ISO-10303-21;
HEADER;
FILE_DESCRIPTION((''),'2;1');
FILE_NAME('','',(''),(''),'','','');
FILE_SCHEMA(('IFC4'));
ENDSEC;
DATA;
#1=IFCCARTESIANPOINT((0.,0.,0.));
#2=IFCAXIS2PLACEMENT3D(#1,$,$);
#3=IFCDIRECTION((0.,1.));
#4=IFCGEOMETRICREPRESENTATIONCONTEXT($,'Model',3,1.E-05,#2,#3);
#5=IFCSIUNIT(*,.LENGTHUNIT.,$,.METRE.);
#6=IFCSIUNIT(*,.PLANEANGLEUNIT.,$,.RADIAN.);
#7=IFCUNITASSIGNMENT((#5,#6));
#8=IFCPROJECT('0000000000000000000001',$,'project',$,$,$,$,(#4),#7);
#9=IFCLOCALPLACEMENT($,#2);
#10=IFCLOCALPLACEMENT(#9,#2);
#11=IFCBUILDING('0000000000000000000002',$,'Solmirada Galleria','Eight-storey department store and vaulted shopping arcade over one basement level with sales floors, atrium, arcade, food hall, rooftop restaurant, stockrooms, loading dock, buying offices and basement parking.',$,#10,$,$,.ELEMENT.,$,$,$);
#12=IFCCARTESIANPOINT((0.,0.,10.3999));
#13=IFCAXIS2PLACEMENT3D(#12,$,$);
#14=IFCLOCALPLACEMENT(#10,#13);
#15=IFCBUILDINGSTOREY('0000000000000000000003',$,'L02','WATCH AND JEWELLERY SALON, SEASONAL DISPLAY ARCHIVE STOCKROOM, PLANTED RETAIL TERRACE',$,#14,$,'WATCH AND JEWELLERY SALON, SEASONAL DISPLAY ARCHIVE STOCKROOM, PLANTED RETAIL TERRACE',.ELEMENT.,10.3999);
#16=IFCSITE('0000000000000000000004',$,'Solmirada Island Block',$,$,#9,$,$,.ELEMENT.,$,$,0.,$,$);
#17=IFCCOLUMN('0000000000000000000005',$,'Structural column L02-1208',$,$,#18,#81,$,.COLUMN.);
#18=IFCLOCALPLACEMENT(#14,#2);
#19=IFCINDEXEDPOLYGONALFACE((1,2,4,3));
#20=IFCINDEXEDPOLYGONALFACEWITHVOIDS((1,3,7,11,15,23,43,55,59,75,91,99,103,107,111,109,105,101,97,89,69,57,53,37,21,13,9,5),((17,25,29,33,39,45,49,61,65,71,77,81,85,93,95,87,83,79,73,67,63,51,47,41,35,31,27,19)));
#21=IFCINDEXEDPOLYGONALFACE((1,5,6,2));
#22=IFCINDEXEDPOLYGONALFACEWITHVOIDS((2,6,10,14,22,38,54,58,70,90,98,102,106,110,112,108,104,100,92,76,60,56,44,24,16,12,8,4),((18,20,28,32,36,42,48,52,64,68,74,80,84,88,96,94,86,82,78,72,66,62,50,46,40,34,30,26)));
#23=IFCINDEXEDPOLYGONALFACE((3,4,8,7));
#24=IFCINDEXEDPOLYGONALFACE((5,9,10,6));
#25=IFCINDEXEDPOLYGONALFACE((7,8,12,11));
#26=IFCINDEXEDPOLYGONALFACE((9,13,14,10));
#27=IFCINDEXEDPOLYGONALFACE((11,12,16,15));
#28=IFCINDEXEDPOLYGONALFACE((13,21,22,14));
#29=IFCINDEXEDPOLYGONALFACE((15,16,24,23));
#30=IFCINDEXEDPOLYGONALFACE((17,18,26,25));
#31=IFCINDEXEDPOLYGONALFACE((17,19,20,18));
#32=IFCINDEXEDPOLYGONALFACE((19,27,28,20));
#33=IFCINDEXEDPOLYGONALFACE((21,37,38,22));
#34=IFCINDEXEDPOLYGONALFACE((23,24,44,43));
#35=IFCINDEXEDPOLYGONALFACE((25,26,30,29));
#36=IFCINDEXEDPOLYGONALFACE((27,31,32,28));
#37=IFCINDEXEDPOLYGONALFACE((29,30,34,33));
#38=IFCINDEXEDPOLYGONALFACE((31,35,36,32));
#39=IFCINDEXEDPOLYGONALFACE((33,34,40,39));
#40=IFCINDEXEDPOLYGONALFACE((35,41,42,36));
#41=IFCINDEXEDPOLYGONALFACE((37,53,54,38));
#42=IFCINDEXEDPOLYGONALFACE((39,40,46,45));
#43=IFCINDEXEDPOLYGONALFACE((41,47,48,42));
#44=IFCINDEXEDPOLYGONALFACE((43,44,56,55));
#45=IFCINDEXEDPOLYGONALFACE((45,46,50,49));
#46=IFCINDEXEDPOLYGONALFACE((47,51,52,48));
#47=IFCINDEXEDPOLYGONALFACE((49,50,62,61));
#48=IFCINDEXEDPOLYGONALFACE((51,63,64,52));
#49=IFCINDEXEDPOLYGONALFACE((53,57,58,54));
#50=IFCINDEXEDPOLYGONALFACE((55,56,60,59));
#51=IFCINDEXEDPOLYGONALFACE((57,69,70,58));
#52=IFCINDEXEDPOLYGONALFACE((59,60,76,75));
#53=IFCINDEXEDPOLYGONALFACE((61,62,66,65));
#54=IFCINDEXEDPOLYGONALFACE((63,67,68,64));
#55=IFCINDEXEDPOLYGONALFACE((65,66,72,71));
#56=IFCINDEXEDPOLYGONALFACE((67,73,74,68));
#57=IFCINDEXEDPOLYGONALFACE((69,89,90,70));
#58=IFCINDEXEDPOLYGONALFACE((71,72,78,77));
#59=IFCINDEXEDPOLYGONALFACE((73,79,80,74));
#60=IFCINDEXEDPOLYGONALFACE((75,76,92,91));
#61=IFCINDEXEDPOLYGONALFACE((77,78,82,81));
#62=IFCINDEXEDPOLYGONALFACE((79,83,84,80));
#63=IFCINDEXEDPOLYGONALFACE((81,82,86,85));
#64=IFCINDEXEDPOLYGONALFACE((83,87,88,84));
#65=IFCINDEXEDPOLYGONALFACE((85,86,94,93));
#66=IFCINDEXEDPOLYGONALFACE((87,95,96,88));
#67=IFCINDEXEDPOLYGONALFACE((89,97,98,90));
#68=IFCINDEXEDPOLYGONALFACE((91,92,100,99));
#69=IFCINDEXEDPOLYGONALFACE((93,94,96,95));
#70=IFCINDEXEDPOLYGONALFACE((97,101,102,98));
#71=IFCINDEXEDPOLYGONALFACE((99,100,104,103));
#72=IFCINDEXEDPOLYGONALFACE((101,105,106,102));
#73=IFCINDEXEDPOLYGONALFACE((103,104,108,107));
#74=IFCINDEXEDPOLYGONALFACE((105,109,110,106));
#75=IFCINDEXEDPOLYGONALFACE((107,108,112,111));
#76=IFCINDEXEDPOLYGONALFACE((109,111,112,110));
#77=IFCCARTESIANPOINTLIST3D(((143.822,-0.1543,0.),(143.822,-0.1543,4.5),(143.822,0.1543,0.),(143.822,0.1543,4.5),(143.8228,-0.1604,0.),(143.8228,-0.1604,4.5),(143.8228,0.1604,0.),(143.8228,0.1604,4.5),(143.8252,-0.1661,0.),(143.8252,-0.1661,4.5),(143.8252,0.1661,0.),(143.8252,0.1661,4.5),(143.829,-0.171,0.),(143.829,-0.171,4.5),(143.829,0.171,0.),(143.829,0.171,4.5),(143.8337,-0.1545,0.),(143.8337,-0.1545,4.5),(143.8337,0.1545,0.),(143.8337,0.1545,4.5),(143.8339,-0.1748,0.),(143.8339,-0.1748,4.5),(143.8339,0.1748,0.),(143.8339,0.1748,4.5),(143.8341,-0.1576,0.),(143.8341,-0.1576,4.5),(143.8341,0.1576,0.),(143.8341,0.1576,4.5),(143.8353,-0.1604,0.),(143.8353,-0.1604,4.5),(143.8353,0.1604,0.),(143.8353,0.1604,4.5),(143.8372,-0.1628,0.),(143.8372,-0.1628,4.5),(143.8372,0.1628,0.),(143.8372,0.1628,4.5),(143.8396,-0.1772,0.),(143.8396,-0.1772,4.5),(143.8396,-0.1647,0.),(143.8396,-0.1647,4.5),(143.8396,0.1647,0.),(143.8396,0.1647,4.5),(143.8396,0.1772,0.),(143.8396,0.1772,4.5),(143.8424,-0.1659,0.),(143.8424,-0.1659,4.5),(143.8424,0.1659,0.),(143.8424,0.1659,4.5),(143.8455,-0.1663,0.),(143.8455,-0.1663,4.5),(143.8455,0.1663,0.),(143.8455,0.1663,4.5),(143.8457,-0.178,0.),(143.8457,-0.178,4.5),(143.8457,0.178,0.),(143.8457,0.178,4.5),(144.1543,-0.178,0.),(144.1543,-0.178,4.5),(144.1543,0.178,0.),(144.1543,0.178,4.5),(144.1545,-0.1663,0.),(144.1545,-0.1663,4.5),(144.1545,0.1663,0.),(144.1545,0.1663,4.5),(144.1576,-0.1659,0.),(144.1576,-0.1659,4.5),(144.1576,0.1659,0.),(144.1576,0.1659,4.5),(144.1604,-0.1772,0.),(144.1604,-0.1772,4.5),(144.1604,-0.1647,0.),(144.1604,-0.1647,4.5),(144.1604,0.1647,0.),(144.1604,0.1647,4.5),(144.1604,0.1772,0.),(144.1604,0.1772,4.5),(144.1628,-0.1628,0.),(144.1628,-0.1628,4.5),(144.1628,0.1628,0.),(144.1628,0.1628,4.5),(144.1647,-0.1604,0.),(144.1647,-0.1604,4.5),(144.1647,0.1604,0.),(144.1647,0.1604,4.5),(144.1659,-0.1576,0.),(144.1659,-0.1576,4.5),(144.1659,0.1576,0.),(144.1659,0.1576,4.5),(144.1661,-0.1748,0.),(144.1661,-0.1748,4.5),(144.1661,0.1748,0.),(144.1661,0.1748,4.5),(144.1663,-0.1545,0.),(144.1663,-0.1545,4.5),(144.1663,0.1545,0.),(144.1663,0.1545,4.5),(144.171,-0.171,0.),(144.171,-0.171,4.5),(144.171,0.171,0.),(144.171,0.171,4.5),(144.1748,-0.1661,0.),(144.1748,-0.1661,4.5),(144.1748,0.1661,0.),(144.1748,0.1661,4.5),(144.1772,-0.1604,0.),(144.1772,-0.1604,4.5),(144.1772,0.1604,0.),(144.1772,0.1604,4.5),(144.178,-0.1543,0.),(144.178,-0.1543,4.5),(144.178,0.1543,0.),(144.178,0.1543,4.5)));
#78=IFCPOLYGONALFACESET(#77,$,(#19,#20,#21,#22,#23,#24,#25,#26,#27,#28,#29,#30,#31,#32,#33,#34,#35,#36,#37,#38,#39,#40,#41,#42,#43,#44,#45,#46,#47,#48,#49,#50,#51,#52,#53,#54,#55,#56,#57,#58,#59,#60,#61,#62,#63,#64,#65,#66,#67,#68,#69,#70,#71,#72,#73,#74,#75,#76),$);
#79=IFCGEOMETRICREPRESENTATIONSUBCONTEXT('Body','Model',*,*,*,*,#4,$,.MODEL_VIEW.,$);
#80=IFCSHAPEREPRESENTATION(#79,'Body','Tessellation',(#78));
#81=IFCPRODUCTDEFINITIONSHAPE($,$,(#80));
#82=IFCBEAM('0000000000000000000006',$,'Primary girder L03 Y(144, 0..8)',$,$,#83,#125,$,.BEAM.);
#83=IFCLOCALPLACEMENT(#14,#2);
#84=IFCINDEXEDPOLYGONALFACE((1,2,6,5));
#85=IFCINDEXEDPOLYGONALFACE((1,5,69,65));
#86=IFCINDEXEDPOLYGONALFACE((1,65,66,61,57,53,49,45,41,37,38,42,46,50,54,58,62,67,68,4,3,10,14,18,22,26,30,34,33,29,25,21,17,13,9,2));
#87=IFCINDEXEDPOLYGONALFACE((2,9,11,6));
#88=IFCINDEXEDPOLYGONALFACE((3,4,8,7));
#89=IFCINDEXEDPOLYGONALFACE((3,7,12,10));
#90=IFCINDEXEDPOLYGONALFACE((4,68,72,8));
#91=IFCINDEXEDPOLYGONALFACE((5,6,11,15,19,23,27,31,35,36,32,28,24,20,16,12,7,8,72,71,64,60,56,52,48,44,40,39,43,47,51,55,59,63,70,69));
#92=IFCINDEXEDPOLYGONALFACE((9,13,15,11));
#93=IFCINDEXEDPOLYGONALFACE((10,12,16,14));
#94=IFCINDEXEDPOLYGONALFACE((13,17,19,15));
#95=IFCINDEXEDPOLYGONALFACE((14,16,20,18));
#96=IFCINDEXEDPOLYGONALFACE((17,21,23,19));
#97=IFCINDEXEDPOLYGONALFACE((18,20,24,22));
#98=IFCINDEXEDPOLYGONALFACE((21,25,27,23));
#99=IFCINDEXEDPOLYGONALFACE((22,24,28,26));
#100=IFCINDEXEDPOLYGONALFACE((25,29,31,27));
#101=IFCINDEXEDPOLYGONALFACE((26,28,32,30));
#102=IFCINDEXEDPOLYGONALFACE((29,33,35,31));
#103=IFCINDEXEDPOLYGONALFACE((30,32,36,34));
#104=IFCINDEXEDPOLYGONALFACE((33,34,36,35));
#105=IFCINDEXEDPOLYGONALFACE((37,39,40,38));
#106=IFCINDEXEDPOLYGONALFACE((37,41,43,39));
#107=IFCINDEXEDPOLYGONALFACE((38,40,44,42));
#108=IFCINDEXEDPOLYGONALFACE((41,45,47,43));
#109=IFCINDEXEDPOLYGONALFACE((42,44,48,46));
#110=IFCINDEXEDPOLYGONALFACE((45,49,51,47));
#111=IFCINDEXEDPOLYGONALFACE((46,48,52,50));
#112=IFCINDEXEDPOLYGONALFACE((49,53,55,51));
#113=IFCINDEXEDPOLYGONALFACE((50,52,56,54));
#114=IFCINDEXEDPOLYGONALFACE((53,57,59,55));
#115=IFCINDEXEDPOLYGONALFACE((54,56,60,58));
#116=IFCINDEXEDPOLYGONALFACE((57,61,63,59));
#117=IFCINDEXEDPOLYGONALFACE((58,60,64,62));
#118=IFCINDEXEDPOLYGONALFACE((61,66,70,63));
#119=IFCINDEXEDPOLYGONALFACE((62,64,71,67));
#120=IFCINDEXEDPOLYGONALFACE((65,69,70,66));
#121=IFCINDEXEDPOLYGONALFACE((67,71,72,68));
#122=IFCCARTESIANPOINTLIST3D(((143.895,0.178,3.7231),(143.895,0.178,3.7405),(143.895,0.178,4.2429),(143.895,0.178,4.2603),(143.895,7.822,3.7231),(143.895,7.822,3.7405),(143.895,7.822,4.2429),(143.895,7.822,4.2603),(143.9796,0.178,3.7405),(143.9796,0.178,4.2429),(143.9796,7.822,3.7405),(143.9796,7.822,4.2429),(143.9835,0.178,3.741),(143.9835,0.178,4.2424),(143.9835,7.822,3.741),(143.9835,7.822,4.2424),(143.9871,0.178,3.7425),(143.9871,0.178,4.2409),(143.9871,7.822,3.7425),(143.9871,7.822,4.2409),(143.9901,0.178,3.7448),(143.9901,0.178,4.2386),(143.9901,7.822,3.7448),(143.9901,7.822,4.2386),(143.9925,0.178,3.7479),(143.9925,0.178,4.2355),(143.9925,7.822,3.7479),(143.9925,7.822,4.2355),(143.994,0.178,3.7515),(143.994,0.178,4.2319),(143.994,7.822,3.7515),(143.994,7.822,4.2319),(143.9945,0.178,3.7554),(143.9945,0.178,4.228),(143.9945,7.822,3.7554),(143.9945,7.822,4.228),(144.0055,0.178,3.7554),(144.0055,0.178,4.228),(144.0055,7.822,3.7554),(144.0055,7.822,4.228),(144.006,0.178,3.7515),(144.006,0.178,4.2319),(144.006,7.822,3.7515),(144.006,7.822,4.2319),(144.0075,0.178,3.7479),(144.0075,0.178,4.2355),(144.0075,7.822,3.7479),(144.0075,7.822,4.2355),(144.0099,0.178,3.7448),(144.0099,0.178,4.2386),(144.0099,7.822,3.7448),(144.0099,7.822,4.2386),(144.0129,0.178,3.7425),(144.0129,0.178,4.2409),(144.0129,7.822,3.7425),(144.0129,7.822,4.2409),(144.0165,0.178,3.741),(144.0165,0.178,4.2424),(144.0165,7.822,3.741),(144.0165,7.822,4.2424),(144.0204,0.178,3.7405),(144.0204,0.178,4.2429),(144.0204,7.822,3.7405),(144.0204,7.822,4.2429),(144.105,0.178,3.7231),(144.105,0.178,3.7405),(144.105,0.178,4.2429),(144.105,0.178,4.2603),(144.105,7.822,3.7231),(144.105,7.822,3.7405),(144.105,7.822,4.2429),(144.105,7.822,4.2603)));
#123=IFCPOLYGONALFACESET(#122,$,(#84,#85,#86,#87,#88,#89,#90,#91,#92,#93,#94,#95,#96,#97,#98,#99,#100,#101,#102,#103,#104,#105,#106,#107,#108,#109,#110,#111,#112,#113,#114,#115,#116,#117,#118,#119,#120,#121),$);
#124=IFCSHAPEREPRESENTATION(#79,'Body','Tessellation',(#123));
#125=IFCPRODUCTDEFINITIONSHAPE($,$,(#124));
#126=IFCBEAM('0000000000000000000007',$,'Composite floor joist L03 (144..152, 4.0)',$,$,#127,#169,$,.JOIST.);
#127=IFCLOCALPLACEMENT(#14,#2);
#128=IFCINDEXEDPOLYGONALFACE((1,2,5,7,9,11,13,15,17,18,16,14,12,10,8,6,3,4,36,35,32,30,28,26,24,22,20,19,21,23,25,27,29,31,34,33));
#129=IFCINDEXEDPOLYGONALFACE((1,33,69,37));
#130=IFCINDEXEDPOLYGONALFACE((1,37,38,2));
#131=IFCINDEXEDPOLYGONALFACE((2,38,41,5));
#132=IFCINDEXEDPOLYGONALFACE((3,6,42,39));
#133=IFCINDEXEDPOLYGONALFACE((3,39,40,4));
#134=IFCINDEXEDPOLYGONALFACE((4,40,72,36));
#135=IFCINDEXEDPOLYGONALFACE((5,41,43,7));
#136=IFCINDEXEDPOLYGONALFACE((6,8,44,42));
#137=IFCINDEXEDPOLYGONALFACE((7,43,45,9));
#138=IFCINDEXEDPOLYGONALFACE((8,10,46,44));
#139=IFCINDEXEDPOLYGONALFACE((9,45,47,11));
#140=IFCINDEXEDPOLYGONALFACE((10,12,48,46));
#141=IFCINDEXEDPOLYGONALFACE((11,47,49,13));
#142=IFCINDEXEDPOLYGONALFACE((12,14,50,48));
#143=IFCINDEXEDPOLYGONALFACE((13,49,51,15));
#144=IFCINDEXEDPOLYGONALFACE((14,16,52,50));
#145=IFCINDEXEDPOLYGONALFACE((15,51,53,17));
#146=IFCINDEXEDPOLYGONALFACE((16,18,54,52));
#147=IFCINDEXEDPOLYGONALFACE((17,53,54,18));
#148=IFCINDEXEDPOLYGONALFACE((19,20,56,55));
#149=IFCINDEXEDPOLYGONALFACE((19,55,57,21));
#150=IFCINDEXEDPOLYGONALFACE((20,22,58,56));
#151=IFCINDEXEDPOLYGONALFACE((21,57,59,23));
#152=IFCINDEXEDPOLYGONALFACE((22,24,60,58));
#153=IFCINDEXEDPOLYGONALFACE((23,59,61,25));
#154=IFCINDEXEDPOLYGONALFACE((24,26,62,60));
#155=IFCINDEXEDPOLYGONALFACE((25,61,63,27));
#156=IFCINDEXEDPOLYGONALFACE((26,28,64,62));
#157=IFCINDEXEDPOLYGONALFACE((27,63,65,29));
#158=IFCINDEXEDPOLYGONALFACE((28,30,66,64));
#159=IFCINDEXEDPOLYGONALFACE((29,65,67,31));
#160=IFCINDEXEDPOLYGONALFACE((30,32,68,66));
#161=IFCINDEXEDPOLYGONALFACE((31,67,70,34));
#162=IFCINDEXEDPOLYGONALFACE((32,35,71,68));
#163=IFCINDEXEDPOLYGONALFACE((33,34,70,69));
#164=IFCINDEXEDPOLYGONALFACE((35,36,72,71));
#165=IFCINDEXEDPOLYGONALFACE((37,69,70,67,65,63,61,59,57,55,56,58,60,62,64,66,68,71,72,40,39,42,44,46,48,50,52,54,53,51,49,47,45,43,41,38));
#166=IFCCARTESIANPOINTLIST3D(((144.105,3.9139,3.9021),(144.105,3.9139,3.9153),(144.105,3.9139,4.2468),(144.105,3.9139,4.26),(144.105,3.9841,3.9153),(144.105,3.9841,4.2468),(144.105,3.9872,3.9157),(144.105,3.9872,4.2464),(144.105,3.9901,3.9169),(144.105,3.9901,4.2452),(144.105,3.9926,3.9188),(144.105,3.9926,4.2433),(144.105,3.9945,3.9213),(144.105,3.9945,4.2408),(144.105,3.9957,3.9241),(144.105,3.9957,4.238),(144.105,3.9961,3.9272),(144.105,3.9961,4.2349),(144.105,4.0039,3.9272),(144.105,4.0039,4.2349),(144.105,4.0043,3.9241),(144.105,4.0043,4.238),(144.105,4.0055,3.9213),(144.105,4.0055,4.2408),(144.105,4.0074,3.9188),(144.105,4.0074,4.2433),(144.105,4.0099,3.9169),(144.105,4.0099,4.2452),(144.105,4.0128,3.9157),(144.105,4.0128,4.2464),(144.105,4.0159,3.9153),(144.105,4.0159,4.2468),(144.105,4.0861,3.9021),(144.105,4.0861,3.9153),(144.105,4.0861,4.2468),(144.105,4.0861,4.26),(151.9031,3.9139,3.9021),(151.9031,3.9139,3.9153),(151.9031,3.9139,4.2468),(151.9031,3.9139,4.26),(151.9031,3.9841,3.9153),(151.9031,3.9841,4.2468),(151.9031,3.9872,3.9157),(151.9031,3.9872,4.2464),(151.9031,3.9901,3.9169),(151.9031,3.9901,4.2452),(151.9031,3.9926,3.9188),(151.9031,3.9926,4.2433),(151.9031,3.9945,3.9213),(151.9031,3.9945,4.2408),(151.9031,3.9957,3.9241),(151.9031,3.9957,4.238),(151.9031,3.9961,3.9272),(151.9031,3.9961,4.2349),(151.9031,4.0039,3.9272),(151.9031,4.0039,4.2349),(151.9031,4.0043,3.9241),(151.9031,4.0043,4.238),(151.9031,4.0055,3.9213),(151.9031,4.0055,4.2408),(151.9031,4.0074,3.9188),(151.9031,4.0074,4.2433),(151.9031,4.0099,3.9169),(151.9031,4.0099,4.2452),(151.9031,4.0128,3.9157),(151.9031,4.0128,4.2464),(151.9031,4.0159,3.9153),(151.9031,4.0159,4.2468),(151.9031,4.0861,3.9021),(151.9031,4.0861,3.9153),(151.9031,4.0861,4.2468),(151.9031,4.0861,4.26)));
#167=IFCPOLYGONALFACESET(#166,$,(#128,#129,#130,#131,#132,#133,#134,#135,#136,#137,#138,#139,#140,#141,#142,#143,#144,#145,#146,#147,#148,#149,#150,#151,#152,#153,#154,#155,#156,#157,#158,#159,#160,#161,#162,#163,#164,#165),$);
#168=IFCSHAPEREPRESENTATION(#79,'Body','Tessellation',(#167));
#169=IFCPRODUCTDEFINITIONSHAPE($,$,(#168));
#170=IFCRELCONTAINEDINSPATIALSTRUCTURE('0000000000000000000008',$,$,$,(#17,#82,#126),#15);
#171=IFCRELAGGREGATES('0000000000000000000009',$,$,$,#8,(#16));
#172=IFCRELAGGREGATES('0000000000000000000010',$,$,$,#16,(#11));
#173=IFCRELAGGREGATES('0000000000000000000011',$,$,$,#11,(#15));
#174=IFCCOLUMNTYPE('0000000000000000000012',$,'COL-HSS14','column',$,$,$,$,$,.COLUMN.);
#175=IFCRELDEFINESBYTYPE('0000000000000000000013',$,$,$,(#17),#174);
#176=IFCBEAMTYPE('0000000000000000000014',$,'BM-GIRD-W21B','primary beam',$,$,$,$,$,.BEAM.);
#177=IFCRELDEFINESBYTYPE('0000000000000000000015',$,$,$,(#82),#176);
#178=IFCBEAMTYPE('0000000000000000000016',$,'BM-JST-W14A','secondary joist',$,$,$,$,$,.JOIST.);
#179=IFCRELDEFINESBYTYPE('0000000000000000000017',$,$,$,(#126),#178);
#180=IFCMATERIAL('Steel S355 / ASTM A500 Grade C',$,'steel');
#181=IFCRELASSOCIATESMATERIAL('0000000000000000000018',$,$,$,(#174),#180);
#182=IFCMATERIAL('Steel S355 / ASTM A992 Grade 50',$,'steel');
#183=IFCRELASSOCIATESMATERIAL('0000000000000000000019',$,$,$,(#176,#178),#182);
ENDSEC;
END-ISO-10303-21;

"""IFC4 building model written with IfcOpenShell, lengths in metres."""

from ifc_helpers import new_model, si_unit, direction, frame, origin, origin_2d, place, context, subcontext, project, spatial, hollow_rectangle, i_section, extrude, material, material_profile, profile_set, type_object, element, save


model = new_model("IFC4")

# Units and contexts
model_context = context("Model", 3, precision=1e-05, world=origin(), true_north=direction((0.0, 1.0)))
body_context = subcontext(model_context, "Body", "Model", "MODEL_VIEW")
ifc_project = project(units=[si_unit("LENGTHUNIT", "METRE"), si_unit("PLANEANGLEUNIT", "RADIAN")], contexts=[model_context])

# Site, building, storey
site_placement = place(None, origin())
site = spatial("IfcSite", under=ifc_project, at=site_placement, Name="Solmirada Island Block", CompositionType="ELEMENT", RefElevation=0.0)
building_placement = place(site_placement, origin())
building = spatial("IfcBuilding", under=site, at=building_placement, Name="Solmirada Galleria", Description="Eight-storey department store and vaulted shopping arcade over one basement level with sales floors, atrium, arcade, food hall, rooftop restaurant, stockrooms, loading dock, buying offices and basement parking.", CompositionType="ELEMENT")
storey_placement = place(building_placement, frame((0.0, 0.0, 10.3999)))
storey = spatial("IfcBuildingStorey", under=building, at=storey_placement, Name="L02", Description="WATCH AND JEWELLERY SALON, SEASONAL DISPLAY ARCHIVE STOCKROOM, PLANTED RETAIL TERRACE", LongName="WATCH AND JEWELLERY SALON, SEASONAL DISPLAY ARCHIVE STOCKROOM, PLANTED RETAIL TERRACE", CompositionType="ELEMENT", Elevation=10.3999)

# Column
ifc_material_1 = material(Name="Steel S355 / ASTM A500 Grade C", Category="steel")
ifc_material_profile_1 = material_profile(ifc_material_1, hollow_rectangle(XDim=0.356, YDim=0.356, WallThickness=0.0117, InnerFilletRadius=0.0117, OuterFilletRadius=0.0237, at=origin_2d()), Name="HSS14X14X1/2")
ifc_profile_set_1 = profile_set([ifc_material_profile_1], Name="Steel S355 / ASTM A500 Grade C")
column_type = type_object("IfcColumnType", Name="COL-HSS14", Description="column", PredefinedType="COLUMN", material=ifc_profile_set_1)
column_placement = place(storey_placement, frame((144.0, 0.0, 0.0), z_axis=(0.0, 0.0, 1.0), x_axis=(1.0, 0.0, 0.0)))
element("IfcColumn", 1, at=column_placement, inside=storey, type_object=column_type, Name="Structural column L02-1208", PredefinedType="COLUMN", context=body_context, shape_type="SweptSolid", body=[
    extrude(hollow_rectangle(XDim=0.356, YDim=0.356, WallThickness=0.0117, InnerFilletRadius=0.0117, OuterFilletRadius=0.0237, at=origin_2d()), origin(), (0.0, 0.0, 1.0), 4.5),
])

# Beams
ifc_material_2 = material(Name="Steel S355 / ASTM A992 Grade 50", Category="steel")
ifc_material_profile_2 = material_profile(ifc_material_2, i_section(OverallWidth=0.21, OverallDepth=0.5371, WebThickness=0.011, FlangeThickness=0.0173, FilletRadius=0.0149, at=origin_2d()), Name="W21X68")
ifc_profile_set_2 = profile_set([ifc_material_profile_2], Name="Steel S355 / ASTM A992 Grade 50")
beam_type_1 = type_object("IfcBeamType", Name="BM-GIRD-W21B", Description="primary beam", PredefinedType="BEAM", material=ifc_profile_set_2)
beam_1_placement = place(storey_placement, frame((144.0, 0.178, 3.9917), z_axis=(0.0, 1.0, 0.0), x_axis=(-1.0, 0.0, 0.0)))
element("IfcBeam", 2, at=beam_1_placement, inside=storey, type_object=beam_type_1, Name="Primary girder L03 Y(144, 0..8)", PredefinedType="BEAM", context=body_context, shape_type="SweptSolid", body=[
    extrude(i_section(OverallWidth=0.21, OverallDepth=0.5371, WebThickness=0.011, FlangeThickness=0.0173, FilletRadius=0.0149, at=origin_2d()), origin(), (0.0, 0.0, 1.0), 7.644),
])
ifc_material_profile_3 = material_profile(ifc_material_2, i_section(OverallWidth=0.1721, OverallDepth=0.3579, WebThickness=0.0078, FlangeThickness=0.0132, FilletRadius=0.012, at=origin_2d()), Name="W14X38")
ifc_profile_set_3 = profile_set([ifc_material_profile_3], Name="Steel S355 / ASTM A992 Grade 50")
beam_type_2 = type_object("IfcBeamType", Name="BM-JST-W14A", Description="secondary joist", PredefinedType="JOIST", material=ifc_profile_set_3)
beam_2_placement = place(storey_placement, frame((144.105, 4.0, 4.0811), z_axis=(1.0, 0.0, 0.0), x_axis=(0.0, 1.0, 0.0)))
element("IfcBeam", 3, at=beam_2_placement, inside=storey, type_object=beam_type_2, Name="Composite floor joist L03 (144..152, 4.0)", PredefinedType="JOIST", context=body_context, shape_type="SweptSolid", body=[
    extrude(i_section(OverallWidth=0.1721, OverallDepth=0.3579, WebThickness=0.0078, FlangeThickness=0.0132, FilletRadius=0.012, at=origin_2d()), origin(), (0.0, 0.0, 1.0), 7.7981),
])

save(model, "model.ifc")
